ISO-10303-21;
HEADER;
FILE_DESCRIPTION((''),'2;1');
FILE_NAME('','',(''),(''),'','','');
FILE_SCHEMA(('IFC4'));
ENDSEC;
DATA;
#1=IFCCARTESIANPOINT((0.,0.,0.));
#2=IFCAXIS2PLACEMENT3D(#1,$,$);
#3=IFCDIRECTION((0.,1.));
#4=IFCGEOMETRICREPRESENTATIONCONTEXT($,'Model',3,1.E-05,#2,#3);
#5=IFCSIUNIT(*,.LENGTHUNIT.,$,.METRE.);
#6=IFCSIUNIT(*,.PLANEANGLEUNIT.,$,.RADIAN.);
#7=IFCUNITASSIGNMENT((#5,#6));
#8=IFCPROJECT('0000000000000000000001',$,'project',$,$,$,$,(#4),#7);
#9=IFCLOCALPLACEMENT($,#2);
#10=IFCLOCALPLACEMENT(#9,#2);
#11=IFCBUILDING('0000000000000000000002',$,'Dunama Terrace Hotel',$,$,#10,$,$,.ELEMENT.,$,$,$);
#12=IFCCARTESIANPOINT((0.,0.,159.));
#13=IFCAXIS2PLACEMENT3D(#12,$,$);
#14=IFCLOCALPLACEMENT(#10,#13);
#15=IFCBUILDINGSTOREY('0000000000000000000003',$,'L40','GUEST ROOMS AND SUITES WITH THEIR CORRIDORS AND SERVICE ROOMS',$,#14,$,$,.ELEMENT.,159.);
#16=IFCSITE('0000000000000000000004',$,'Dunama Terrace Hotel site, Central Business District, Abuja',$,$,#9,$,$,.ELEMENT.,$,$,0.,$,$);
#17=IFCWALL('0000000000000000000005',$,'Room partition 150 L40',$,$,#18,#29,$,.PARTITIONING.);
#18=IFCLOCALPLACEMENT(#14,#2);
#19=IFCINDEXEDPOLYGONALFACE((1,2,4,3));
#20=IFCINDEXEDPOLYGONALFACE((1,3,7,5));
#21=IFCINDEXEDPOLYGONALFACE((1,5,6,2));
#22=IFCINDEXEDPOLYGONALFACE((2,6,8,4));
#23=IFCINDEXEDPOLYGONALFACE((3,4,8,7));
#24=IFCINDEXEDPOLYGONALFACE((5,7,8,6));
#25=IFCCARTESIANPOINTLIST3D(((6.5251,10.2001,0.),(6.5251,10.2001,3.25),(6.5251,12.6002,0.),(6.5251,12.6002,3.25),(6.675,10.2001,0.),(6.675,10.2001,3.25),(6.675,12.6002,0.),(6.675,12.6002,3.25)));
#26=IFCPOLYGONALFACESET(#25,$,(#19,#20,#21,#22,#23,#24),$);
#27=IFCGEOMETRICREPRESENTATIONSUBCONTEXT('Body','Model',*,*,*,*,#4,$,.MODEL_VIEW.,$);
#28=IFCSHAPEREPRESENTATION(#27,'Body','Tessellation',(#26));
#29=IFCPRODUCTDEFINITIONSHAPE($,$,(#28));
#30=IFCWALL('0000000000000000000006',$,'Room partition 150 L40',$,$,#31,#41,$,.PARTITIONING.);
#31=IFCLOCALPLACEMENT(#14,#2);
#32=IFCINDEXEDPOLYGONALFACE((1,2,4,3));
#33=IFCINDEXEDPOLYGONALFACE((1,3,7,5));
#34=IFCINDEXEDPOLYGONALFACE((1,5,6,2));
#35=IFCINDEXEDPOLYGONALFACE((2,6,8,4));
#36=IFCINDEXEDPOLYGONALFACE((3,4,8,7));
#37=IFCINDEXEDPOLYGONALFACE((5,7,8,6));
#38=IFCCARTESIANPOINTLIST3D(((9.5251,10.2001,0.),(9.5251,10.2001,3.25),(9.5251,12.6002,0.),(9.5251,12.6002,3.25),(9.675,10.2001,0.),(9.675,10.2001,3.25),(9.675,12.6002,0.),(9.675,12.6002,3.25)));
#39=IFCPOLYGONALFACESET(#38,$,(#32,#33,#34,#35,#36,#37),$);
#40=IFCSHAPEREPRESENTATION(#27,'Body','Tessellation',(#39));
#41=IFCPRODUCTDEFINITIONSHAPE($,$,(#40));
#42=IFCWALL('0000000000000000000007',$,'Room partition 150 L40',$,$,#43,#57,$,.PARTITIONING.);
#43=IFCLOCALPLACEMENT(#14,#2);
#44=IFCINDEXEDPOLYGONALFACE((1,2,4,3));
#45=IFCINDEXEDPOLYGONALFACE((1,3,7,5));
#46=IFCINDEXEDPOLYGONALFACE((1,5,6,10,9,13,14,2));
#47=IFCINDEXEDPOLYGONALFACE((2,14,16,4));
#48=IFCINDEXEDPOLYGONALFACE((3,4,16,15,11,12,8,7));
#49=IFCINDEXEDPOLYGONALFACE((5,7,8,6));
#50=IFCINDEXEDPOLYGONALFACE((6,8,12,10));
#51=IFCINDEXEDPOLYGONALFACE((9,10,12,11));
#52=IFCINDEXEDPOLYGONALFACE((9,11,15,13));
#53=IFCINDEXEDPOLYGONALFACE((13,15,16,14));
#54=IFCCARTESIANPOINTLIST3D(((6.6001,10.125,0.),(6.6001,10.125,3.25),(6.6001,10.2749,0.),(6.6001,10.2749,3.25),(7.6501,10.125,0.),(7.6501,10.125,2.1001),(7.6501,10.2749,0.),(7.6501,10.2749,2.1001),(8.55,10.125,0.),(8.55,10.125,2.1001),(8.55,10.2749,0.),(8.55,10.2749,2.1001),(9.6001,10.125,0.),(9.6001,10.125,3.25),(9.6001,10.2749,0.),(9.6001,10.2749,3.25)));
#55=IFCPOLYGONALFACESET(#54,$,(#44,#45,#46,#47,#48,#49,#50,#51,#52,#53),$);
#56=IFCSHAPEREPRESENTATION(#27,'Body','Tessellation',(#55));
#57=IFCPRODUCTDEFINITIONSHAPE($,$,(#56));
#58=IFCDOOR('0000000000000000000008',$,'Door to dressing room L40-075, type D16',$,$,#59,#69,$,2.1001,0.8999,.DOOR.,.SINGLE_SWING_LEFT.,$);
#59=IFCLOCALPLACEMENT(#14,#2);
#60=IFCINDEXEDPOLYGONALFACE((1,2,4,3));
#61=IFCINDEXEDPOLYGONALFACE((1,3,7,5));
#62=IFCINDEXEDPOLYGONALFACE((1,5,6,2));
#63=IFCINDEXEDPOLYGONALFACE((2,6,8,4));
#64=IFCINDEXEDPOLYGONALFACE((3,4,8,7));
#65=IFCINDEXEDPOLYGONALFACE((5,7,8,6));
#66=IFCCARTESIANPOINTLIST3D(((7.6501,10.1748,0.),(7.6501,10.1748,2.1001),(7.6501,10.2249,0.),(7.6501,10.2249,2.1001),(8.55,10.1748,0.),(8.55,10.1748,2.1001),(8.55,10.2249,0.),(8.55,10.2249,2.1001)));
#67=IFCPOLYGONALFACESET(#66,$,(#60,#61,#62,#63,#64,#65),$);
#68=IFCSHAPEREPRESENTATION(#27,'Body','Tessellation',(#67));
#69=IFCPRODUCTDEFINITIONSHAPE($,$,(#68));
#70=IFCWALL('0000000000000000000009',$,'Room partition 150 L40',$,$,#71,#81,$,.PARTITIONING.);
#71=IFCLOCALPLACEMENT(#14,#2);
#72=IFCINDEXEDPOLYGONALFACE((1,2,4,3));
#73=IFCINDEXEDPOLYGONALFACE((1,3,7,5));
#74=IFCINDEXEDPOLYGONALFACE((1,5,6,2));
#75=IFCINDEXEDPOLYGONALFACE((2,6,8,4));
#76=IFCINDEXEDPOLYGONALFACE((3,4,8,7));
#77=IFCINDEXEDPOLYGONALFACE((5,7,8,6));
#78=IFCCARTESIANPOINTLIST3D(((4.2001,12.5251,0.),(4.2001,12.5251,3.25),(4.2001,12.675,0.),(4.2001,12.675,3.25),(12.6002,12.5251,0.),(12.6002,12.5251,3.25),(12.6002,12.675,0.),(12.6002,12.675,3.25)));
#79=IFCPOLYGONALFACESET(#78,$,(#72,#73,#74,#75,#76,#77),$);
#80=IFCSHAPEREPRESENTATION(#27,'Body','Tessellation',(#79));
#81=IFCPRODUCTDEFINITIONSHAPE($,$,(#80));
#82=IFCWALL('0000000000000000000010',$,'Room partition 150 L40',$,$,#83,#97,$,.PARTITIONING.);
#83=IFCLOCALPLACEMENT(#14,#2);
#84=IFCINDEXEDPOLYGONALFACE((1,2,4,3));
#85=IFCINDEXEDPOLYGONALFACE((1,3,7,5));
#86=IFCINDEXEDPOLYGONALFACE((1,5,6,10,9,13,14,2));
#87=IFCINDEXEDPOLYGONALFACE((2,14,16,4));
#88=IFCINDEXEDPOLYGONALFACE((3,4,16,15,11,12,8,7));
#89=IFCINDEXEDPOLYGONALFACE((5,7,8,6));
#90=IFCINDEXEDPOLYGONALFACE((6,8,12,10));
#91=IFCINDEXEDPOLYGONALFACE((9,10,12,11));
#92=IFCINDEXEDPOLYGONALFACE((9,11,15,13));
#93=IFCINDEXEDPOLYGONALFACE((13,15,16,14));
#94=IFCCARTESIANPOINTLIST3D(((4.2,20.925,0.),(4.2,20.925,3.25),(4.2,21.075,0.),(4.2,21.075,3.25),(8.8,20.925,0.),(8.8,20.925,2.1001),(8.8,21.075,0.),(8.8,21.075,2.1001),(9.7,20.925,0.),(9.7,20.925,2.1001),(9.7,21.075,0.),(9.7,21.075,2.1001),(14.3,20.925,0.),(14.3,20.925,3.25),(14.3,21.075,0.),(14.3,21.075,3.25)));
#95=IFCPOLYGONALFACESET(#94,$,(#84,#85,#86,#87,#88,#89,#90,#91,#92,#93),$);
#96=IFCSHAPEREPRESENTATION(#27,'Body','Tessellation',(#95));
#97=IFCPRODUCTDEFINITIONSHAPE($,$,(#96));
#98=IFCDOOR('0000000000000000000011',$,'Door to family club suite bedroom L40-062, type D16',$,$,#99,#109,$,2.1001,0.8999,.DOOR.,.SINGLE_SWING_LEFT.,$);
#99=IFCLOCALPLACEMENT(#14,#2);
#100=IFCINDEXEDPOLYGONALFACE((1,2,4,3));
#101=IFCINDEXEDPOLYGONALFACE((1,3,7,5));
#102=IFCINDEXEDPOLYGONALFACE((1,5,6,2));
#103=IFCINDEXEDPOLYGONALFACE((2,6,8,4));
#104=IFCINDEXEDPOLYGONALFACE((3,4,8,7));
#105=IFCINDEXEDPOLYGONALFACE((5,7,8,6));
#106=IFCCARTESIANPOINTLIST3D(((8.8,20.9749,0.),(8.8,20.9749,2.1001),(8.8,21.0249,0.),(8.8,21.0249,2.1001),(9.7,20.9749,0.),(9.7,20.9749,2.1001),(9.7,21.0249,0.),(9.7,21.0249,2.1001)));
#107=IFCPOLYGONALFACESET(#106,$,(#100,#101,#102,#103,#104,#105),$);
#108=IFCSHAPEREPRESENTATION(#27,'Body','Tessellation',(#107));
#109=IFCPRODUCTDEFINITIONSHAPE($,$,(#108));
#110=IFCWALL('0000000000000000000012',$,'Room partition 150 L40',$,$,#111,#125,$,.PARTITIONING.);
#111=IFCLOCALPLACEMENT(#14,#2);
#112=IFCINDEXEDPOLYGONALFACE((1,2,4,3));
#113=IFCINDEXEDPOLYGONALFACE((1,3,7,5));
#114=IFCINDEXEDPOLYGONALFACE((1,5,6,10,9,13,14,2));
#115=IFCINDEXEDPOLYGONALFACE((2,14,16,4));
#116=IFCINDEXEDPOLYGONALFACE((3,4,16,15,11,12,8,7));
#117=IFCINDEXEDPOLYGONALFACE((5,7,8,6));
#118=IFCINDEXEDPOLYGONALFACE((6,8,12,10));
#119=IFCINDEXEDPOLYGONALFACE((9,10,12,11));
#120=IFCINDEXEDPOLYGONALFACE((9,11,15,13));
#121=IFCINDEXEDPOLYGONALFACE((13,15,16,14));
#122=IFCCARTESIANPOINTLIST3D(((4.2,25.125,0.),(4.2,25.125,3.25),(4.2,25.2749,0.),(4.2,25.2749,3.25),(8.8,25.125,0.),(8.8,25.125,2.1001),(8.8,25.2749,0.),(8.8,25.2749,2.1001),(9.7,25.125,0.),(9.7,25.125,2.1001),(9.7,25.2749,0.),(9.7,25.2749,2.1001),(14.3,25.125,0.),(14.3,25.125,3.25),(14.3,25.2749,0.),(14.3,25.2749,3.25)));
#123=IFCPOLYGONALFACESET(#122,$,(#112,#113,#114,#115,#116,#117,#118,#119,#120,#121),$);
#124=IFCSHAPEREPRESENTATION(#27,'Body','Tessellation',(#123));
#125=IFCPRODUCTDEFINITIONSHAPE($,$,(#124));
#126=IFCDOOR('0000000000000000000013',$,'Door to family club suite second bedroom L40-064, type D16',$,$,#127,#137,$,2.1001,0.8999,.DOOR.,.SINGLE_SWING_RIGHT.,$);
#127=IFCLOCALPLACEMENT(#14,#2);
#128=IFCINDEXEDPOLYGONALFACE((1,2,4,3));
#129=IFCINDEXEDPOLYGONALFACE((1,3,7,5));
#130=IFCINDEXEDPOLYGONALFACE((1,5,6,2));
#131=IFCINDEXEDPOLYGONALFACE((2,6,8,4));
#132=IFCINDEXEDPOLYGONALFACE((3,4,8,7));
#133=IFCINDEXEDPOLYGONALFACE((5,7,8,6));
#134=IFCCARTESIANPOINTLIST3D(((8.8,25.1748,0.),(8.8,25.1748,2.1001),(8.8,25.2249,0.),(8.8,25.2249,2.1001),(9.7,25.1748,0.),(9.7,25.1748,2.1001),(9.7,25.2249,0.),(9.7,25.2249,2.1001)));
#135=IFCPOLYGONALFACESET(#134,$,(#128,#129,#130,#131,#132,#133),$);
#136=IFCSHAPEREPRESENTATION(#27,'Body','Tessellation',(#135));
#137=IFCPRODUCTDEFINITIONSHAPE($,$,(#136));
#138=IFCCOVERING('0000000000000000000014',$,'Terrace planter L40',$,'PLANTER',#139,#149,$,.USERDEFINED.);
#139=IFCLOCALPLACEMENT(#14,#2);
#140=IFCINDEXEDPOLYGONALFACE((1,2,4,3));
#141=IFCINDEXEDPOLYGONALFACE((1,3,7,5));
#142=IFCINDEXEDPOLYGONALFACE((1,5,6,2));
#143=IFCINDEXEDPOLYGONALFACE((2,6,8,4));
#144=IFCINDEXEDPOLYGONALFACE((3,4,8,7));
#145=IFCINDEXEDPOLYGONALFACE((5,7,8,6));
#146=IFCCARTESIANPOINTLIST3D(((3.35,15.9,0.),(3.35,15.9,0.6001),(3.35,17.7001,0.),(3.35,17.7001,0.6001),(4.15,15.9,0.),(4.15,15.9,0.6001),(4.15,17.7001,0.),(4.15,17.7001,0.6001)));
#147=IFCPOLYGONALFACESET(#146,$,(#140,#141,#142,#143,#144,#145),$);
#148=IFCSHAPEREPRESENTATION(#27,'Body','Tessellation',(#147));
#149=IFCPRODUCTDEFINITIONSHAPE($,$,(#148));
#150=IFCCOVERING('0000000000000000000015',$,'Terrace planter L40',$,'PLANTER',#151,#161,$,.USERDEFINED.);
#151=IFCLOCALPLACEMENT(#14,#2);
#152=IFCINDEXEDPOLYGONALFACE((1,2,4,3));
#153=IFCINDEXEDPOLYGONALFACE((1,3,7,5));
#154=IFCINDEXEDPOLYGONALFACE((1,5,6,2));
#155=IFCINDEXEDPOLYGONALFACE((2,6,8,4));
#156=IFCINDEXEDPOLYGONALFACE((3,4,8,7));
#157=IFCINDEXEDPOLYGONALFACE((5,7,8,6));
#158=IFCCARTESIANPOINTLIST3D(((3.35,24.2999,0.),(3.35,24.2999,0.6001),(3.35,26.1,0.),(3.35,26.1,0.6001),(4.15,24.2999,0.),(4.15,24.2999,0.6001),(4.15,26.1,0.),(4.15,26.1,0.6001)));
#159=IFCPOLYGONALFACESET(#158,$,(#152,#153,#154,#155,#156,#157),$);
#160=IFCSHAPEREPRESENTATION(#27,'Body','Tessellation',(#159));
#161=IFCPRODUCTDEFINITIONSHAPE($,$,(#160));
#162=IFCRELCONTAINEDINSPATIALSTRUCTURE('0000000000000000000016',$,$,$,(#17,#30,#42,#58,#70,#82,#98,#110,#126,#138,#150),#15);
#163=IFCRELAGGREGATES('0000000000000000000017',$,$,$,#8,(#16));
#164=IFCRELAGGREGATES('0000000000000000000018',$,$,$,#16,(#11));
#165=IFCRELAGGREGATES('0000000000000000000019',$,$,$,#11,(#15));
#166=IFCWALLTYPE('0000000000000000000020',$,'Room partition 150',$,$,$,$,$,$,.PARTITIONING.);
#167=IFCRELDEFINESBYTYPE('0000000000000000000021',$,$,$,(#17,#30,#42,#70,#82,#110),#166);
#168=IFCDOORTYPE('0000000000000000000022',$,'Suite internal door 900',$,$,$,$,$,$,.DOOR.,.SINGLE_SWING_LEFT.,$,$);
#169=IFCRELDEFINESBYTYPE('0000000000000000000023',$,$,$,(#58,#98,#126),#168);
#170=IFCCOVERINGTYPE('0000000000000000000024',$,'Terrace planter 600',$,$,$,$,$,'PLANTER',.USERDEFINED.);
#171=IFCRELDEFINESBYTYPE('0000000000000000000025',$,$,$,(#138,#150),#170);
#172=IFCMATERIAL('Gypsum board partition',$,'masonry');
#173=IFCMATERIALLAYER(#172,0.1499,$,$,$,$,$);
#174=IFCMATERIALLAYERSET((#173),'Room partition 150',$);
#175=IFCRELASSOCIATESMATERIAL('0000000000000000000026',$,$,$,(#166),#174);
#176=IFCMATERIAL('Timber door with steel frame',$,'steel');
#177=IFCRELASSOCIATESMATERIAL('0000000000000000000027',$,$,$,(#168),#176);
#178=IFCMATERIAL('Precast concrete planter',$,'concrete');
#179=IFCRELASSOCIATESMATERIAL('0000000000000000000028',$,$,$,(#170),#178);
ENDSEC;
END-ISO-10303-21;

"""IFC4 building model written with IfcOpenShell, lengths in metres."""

from ifc_helpers import new_model, si_unit, direction, frame, frame_2d, origin, origin_2d, place, context, subcontext, project, spatial, rectangle, extrude, material, layer, layer_set, type_object, element, fill, save


model = new_model("IFC4")

# Units and contexts
model_context = context("Model", 3, precision=1e-05, world=origin(), true_north=direction((0.0, 1.0)))
body_context = subcontext(model_context, "Body", "Model", "MODEL_VIEW")
ifc_project = project(units=[si_unit("LENGTHUNIT", "METRE"), si_unit("PLANEANGLEUNIT", "RADIAN")], contexts=[model_context])

# Site, building, storey
site_placement = place(None, origin())
site = spatial("IfcSite", under=ifc_project, at=site_placement, Name="Dunama Terrace Hotel site, Central Business District, Abuja", CompositionType="ELEMENT", RefElevation=0.0)
building_placement = place(site_placement, origin())
building = spatial("IfcBuilding", under=site, at=building_placement, Name="Dunama Terrace Hotel", CompositionType="ELEMENT")
storey_placement = place(building_placement, frame((0.0, 0.0, 159.0)))
storey = spatial("IfcBuildingStorey", under=building, at=storey_placement, Name="L40", Description="GUEST ROOMS AND SUITES WITH THEIR CORRIDORS AND SERVICE ROOMS", CompositionType="ELEMENT", Elevation=159.0)

# Walls
ifc_material_1 = material(Name="Gypsum board partition", Category="masonry")
ifc_layer_1 = layer(ifc_material_1, 0.1499)
ifc_layer_set_1 = layer_set([ifc_layer_1], Name="Room partition 150")
wall_type_1 = type_object("IfcWallType", Name="Room partition 150", PredefinedType="PARTITIONING", material=ifc_layer_set_1)
for number, where, z_axis, x_axis, name in (
    (1, (6.6001, 10.2, 0.0), (0.0, 0.0, 1.0), (0.0, 1.0, 0.0), "Room partition 150 L40"),
    (2, (9.6001, 10.2, 0.0), (0.0, 0.0, 1.0), (0.0, 1.0, 0.0), "Room partition 150 L40"),
):
    element("IfcWall", number, at=place(storey_placement, frame(where, z_axis=z_axis, x_axis=x_axis)), inside=storey, type_object=wall_type_1, Name=name, PredefinedType="PARTITIONING", context=body_context, shape_type="SweptSolid", body=[
        extrude(rectangle(XDim=2.4001, YDim=0.1499, at=frame_2d((1.2002, 0.0))), origin(), (0.0, 0.0, 1.0), 3.25),
    ])

# Wall, opening, door
wall_1_placement = place(storey_placement, frame((6.6001, 10.2, 0.0), z_axis=(0.0, 0.0, 1.0), x_axis=(1.0, 0.0, 0.0)))
wall_1 = element("IfcWall", 3, at=wall_1_placement, inside=storey, type_object=wall_type_1, Name="Room partition 150 L40", PredefinedType="PARTITIONING", context=body_context, shape_type="SweptSolid", body=[
    extrude(rectangle(XDim=3.0, YDim=0.1499, at=frame_2d((1.5, 0.0))), origin(), (0.0, 0.0, 1.0), 3.25),
])
opening_1_placement = place(wall_1_placement, frame((1.05, 0.0, 0.0)))
opening_1 = element("IfcOpeningElement", 4, at=opening_1_placement, cuts=wall_1, PredefinedType="OPENING", context=body_context, shape_type="SweptSolid", body=[
    extrude(rectangle(XDim=0.8999, YDim=2.1001, at=frame_2d((0.45, 1.05))), frame((0.0, 0.085, 0.0), z_axis=(0.0, -1.0, 0.0), x_axis=(1.0, 0.0, 0.0)), (0.0, 0.0, 1.0), 0.1699),
])
ifc_material_2 = material(Name="Timber door with steel frame", Category="steel")
door_type_1 = type_object("IfcDoorType", Name="Suite internal door 900", OperationType="SINGLE_SWING_LEFT", PredefinedType="DOOR", material=ifc_material_2)
door_1_placement = place(opening_1_placement, origin())
door_1 = element("IfcDoor", 5, at=door_1_placement, inside=storey, type_object=door_type_1, Name="Door to dressing room L40-075, type D16", OperationType="SINGLE_SWING_LEFT", OverallHeight=2.1001, OverallWidth=0.8999, PredefinedType="DOOR", context=body_context, shape_type="SweptSolid", body=[
    extrude(rectangle(XDim=0.8999, YDim=2.1001, at=frame_2d((0.45, 1.05))), frame((0.0, 0.0249, 0.0), z_axis=(0.0, -1.0, 0.0), x_axis=(1.0, 0.0, 0.0)), (0.0, 0.0, 1.0), 0.05),
])
fill(opening_1, door_1)

# Wall
wall_2_placement = place(storey_placement, frame((4.2, 12.6001, 0.0), z_axis=(0.0, 0.0, 1.0), x_axis=(1.0, 0.0, 0.0)))
element("IfcWall", 6, at=wall_2_placement, inside=storey, type_object=wall_type_1, Name="Room partition 150 L40", PredefinedType="PARTITIONING", context=body_context, shape_type="SweptSolid", body=[
    extrude(rectangle(XDim=8.4001, YDim=0.1499, at=frame_2d((4.2002, 0.0))), origin(), (0.0, 0.0, 1.0), 3.25),
])

# Walls, openings, doors
wall_3_placement = place(storey_placement, frame((4.2, 21.0, 0.0), z_axis=(0.0, 0.0, 1.0), x_axis=(1.0, 0.0, 0.0)))
wall_3 = element("IfcWall", 7, at=wall_3_placement, inside=storey, type_object=wall_type_1, Name="Room partition 150 L40", PredefinedType="PARTITIONING", context=body_context, shape_type="SweptSolid", body=[
    extrude(rectangle(XDim=10.1001, YDim=0.1499, at=frame_2d((5.05, 0.0))), origin(), (0.0, 0.0, 1.0), 3.25),
])
opening_2_placement = place(wall_3_placement, frame((4.6001, 0.0, 0.0)))
opening_2 = element("IfcOpeningElement", 8, at=opening_2_placement, cuts=wall_3, PredefinedType="OPENING", context=body_context, shape_type="SweptSolid", body=[
    extrude(rectangle(XDim=0.8999, YDim=2.1001, at=frame_2d((0.45, 1.05))), frame((0.0, 0.085, 0.0), z_axis=(0.0, -1.0, 0.0), x_axis=(1.0, 0.0, 0.0)), (0.0, 0.0, 1.0), 0.1699),
])
door_2_placement = place(opening_2_placement, frame((0.8999, 0.0, 0.0), z_axis=(0.0, 0.0, 1.0), x_axis=(-1.0, 0.0, 0.0)))
door_2 = element("IfcDoor", 9, at=door_2_placement, inside=storey, type_object=door_type_1, Name="Door to family club suite bedroom L40-062, type D16", OperationType="SINGLE_SWING_LEFT", OverallHeight=2.1001, OverallWidth=0.8999, PredefinedType="DOOR", context=body_context, shape_type="SweptSolid", body=[
    extrude(rectangle(XDim=0.8999, YDim=2.1001, at=frame_2d((0.45, 1.05))), frame((0.0, 0.0251, 0.0), z_axis=(0.0, -1.0, 0.0), x_axis=(1.0, 0.0, 0.0)), (0.0, 0.0, 1.0), 0.05),
])
fill(opening_2, door_2)
wall_4_placement = place(storey_placement, frame((4.2, 25.2, 0.0), z_axis=(0.0, 0.0, 1.0), x_axis=(1.0, 0.0, 0.0)))
wall_4 = element("IfcWall", 10, at=wall_4_placement, inside=storey, type_object=wall_type_1, Name="Room partition 150 L40", PredefinedType="PARTITIONING", context=body_context, shape_type="SweptSolid", body=[
    extrude(rectangle(XDim=10.1001, YDim=0.1499, at=frame_2d((5.05, 0.0))), origin(), (0.0, 0.0, 1.0), 3.25),
])
opening_3_placement = place(wall_4_placement, frame((4.6001, 0.0, 0.0)))
opening_3 = element("IfcOpeningElement", 11, at=opening_3_placement, cuts=wall_4, PredefinedType="OPENING", context=body_context, shape_type="SweptSolid", body=[
    extrude(rectangle(XDim=0.8999, YDim=2.1001, at=frame_2d((0.45, 1.05))), frame((0.0, 0.085, 0.0), z_axis=(0.0, -1.0, 0.0), x_axis=(1.0, 0.0, 0.0)), (0.0, 0.0, 1.0), 0.1699),
])
door_3_placement = place(opening_3_placement, origin())
door_3 = element("IfcDoor", 12, at=door_3_placement, inside=storey, type_object=door_type_1, Name="Door to family club suite second bedroom L40-064, type D16", OperationType="SINGLE_SWING_RIGHT", OverallHeight=2.1001, OverallWidth=0.8999, PredefinedType="DOOR", context=body_context, shape_type="SweptSolid", body=[
    extrude(rectangle(XDim=0.8999, YDim=2.1001, at=frame_2d((0.45, 1.05))), frame((0.0, 0.0249, 0.0), z_axis=(0.0, -1.0, 0.0), x_axis=(1.0, 0.0, 0.0)), (0.0, 0.0, 1.0), 0.05),
])
fill(opening_3, door_3)

# Coverings
ifc_material_3 = material(Name="Precast concrete planter", Category="concrete")
covering_type = type_object("IfcCoveringType", Name="Terrace planter 600", ElementType="PLANTER", PredefinedType="USERDEFINED", material=ifc_material_3)
for number, where, z_axis, x_axis, name in (
    (13, (3.75, 16.8, 0.0), (0.0, 0.0, 1.0), (1.0, 0.0, 0.0), "Terrace planter L40"),
    (14, (3.75, 25.2, 0.0), (0.0, 0.0, 1.0), (1.0, 0.0, 0.0), "Terrace planter L40"),
):
    element("IfcCovering", number, at=place(storey_placement, frame(where, z_axis=z_axis, x_axis=x_axis)), inside=storey, type_object=covering_type, Name=name, ObjectType="PLANTER", PredefinedType="USERDEFINED", context=body_context, shape_type="SweptSolid", body=[
        extrude(rectangle(XDim=0.8, YDim=1.8, at=origin_2d()), origin(), (0.0, 0.0, 1.0), 0.6001),
    ])

save(model, "model.ifc")
